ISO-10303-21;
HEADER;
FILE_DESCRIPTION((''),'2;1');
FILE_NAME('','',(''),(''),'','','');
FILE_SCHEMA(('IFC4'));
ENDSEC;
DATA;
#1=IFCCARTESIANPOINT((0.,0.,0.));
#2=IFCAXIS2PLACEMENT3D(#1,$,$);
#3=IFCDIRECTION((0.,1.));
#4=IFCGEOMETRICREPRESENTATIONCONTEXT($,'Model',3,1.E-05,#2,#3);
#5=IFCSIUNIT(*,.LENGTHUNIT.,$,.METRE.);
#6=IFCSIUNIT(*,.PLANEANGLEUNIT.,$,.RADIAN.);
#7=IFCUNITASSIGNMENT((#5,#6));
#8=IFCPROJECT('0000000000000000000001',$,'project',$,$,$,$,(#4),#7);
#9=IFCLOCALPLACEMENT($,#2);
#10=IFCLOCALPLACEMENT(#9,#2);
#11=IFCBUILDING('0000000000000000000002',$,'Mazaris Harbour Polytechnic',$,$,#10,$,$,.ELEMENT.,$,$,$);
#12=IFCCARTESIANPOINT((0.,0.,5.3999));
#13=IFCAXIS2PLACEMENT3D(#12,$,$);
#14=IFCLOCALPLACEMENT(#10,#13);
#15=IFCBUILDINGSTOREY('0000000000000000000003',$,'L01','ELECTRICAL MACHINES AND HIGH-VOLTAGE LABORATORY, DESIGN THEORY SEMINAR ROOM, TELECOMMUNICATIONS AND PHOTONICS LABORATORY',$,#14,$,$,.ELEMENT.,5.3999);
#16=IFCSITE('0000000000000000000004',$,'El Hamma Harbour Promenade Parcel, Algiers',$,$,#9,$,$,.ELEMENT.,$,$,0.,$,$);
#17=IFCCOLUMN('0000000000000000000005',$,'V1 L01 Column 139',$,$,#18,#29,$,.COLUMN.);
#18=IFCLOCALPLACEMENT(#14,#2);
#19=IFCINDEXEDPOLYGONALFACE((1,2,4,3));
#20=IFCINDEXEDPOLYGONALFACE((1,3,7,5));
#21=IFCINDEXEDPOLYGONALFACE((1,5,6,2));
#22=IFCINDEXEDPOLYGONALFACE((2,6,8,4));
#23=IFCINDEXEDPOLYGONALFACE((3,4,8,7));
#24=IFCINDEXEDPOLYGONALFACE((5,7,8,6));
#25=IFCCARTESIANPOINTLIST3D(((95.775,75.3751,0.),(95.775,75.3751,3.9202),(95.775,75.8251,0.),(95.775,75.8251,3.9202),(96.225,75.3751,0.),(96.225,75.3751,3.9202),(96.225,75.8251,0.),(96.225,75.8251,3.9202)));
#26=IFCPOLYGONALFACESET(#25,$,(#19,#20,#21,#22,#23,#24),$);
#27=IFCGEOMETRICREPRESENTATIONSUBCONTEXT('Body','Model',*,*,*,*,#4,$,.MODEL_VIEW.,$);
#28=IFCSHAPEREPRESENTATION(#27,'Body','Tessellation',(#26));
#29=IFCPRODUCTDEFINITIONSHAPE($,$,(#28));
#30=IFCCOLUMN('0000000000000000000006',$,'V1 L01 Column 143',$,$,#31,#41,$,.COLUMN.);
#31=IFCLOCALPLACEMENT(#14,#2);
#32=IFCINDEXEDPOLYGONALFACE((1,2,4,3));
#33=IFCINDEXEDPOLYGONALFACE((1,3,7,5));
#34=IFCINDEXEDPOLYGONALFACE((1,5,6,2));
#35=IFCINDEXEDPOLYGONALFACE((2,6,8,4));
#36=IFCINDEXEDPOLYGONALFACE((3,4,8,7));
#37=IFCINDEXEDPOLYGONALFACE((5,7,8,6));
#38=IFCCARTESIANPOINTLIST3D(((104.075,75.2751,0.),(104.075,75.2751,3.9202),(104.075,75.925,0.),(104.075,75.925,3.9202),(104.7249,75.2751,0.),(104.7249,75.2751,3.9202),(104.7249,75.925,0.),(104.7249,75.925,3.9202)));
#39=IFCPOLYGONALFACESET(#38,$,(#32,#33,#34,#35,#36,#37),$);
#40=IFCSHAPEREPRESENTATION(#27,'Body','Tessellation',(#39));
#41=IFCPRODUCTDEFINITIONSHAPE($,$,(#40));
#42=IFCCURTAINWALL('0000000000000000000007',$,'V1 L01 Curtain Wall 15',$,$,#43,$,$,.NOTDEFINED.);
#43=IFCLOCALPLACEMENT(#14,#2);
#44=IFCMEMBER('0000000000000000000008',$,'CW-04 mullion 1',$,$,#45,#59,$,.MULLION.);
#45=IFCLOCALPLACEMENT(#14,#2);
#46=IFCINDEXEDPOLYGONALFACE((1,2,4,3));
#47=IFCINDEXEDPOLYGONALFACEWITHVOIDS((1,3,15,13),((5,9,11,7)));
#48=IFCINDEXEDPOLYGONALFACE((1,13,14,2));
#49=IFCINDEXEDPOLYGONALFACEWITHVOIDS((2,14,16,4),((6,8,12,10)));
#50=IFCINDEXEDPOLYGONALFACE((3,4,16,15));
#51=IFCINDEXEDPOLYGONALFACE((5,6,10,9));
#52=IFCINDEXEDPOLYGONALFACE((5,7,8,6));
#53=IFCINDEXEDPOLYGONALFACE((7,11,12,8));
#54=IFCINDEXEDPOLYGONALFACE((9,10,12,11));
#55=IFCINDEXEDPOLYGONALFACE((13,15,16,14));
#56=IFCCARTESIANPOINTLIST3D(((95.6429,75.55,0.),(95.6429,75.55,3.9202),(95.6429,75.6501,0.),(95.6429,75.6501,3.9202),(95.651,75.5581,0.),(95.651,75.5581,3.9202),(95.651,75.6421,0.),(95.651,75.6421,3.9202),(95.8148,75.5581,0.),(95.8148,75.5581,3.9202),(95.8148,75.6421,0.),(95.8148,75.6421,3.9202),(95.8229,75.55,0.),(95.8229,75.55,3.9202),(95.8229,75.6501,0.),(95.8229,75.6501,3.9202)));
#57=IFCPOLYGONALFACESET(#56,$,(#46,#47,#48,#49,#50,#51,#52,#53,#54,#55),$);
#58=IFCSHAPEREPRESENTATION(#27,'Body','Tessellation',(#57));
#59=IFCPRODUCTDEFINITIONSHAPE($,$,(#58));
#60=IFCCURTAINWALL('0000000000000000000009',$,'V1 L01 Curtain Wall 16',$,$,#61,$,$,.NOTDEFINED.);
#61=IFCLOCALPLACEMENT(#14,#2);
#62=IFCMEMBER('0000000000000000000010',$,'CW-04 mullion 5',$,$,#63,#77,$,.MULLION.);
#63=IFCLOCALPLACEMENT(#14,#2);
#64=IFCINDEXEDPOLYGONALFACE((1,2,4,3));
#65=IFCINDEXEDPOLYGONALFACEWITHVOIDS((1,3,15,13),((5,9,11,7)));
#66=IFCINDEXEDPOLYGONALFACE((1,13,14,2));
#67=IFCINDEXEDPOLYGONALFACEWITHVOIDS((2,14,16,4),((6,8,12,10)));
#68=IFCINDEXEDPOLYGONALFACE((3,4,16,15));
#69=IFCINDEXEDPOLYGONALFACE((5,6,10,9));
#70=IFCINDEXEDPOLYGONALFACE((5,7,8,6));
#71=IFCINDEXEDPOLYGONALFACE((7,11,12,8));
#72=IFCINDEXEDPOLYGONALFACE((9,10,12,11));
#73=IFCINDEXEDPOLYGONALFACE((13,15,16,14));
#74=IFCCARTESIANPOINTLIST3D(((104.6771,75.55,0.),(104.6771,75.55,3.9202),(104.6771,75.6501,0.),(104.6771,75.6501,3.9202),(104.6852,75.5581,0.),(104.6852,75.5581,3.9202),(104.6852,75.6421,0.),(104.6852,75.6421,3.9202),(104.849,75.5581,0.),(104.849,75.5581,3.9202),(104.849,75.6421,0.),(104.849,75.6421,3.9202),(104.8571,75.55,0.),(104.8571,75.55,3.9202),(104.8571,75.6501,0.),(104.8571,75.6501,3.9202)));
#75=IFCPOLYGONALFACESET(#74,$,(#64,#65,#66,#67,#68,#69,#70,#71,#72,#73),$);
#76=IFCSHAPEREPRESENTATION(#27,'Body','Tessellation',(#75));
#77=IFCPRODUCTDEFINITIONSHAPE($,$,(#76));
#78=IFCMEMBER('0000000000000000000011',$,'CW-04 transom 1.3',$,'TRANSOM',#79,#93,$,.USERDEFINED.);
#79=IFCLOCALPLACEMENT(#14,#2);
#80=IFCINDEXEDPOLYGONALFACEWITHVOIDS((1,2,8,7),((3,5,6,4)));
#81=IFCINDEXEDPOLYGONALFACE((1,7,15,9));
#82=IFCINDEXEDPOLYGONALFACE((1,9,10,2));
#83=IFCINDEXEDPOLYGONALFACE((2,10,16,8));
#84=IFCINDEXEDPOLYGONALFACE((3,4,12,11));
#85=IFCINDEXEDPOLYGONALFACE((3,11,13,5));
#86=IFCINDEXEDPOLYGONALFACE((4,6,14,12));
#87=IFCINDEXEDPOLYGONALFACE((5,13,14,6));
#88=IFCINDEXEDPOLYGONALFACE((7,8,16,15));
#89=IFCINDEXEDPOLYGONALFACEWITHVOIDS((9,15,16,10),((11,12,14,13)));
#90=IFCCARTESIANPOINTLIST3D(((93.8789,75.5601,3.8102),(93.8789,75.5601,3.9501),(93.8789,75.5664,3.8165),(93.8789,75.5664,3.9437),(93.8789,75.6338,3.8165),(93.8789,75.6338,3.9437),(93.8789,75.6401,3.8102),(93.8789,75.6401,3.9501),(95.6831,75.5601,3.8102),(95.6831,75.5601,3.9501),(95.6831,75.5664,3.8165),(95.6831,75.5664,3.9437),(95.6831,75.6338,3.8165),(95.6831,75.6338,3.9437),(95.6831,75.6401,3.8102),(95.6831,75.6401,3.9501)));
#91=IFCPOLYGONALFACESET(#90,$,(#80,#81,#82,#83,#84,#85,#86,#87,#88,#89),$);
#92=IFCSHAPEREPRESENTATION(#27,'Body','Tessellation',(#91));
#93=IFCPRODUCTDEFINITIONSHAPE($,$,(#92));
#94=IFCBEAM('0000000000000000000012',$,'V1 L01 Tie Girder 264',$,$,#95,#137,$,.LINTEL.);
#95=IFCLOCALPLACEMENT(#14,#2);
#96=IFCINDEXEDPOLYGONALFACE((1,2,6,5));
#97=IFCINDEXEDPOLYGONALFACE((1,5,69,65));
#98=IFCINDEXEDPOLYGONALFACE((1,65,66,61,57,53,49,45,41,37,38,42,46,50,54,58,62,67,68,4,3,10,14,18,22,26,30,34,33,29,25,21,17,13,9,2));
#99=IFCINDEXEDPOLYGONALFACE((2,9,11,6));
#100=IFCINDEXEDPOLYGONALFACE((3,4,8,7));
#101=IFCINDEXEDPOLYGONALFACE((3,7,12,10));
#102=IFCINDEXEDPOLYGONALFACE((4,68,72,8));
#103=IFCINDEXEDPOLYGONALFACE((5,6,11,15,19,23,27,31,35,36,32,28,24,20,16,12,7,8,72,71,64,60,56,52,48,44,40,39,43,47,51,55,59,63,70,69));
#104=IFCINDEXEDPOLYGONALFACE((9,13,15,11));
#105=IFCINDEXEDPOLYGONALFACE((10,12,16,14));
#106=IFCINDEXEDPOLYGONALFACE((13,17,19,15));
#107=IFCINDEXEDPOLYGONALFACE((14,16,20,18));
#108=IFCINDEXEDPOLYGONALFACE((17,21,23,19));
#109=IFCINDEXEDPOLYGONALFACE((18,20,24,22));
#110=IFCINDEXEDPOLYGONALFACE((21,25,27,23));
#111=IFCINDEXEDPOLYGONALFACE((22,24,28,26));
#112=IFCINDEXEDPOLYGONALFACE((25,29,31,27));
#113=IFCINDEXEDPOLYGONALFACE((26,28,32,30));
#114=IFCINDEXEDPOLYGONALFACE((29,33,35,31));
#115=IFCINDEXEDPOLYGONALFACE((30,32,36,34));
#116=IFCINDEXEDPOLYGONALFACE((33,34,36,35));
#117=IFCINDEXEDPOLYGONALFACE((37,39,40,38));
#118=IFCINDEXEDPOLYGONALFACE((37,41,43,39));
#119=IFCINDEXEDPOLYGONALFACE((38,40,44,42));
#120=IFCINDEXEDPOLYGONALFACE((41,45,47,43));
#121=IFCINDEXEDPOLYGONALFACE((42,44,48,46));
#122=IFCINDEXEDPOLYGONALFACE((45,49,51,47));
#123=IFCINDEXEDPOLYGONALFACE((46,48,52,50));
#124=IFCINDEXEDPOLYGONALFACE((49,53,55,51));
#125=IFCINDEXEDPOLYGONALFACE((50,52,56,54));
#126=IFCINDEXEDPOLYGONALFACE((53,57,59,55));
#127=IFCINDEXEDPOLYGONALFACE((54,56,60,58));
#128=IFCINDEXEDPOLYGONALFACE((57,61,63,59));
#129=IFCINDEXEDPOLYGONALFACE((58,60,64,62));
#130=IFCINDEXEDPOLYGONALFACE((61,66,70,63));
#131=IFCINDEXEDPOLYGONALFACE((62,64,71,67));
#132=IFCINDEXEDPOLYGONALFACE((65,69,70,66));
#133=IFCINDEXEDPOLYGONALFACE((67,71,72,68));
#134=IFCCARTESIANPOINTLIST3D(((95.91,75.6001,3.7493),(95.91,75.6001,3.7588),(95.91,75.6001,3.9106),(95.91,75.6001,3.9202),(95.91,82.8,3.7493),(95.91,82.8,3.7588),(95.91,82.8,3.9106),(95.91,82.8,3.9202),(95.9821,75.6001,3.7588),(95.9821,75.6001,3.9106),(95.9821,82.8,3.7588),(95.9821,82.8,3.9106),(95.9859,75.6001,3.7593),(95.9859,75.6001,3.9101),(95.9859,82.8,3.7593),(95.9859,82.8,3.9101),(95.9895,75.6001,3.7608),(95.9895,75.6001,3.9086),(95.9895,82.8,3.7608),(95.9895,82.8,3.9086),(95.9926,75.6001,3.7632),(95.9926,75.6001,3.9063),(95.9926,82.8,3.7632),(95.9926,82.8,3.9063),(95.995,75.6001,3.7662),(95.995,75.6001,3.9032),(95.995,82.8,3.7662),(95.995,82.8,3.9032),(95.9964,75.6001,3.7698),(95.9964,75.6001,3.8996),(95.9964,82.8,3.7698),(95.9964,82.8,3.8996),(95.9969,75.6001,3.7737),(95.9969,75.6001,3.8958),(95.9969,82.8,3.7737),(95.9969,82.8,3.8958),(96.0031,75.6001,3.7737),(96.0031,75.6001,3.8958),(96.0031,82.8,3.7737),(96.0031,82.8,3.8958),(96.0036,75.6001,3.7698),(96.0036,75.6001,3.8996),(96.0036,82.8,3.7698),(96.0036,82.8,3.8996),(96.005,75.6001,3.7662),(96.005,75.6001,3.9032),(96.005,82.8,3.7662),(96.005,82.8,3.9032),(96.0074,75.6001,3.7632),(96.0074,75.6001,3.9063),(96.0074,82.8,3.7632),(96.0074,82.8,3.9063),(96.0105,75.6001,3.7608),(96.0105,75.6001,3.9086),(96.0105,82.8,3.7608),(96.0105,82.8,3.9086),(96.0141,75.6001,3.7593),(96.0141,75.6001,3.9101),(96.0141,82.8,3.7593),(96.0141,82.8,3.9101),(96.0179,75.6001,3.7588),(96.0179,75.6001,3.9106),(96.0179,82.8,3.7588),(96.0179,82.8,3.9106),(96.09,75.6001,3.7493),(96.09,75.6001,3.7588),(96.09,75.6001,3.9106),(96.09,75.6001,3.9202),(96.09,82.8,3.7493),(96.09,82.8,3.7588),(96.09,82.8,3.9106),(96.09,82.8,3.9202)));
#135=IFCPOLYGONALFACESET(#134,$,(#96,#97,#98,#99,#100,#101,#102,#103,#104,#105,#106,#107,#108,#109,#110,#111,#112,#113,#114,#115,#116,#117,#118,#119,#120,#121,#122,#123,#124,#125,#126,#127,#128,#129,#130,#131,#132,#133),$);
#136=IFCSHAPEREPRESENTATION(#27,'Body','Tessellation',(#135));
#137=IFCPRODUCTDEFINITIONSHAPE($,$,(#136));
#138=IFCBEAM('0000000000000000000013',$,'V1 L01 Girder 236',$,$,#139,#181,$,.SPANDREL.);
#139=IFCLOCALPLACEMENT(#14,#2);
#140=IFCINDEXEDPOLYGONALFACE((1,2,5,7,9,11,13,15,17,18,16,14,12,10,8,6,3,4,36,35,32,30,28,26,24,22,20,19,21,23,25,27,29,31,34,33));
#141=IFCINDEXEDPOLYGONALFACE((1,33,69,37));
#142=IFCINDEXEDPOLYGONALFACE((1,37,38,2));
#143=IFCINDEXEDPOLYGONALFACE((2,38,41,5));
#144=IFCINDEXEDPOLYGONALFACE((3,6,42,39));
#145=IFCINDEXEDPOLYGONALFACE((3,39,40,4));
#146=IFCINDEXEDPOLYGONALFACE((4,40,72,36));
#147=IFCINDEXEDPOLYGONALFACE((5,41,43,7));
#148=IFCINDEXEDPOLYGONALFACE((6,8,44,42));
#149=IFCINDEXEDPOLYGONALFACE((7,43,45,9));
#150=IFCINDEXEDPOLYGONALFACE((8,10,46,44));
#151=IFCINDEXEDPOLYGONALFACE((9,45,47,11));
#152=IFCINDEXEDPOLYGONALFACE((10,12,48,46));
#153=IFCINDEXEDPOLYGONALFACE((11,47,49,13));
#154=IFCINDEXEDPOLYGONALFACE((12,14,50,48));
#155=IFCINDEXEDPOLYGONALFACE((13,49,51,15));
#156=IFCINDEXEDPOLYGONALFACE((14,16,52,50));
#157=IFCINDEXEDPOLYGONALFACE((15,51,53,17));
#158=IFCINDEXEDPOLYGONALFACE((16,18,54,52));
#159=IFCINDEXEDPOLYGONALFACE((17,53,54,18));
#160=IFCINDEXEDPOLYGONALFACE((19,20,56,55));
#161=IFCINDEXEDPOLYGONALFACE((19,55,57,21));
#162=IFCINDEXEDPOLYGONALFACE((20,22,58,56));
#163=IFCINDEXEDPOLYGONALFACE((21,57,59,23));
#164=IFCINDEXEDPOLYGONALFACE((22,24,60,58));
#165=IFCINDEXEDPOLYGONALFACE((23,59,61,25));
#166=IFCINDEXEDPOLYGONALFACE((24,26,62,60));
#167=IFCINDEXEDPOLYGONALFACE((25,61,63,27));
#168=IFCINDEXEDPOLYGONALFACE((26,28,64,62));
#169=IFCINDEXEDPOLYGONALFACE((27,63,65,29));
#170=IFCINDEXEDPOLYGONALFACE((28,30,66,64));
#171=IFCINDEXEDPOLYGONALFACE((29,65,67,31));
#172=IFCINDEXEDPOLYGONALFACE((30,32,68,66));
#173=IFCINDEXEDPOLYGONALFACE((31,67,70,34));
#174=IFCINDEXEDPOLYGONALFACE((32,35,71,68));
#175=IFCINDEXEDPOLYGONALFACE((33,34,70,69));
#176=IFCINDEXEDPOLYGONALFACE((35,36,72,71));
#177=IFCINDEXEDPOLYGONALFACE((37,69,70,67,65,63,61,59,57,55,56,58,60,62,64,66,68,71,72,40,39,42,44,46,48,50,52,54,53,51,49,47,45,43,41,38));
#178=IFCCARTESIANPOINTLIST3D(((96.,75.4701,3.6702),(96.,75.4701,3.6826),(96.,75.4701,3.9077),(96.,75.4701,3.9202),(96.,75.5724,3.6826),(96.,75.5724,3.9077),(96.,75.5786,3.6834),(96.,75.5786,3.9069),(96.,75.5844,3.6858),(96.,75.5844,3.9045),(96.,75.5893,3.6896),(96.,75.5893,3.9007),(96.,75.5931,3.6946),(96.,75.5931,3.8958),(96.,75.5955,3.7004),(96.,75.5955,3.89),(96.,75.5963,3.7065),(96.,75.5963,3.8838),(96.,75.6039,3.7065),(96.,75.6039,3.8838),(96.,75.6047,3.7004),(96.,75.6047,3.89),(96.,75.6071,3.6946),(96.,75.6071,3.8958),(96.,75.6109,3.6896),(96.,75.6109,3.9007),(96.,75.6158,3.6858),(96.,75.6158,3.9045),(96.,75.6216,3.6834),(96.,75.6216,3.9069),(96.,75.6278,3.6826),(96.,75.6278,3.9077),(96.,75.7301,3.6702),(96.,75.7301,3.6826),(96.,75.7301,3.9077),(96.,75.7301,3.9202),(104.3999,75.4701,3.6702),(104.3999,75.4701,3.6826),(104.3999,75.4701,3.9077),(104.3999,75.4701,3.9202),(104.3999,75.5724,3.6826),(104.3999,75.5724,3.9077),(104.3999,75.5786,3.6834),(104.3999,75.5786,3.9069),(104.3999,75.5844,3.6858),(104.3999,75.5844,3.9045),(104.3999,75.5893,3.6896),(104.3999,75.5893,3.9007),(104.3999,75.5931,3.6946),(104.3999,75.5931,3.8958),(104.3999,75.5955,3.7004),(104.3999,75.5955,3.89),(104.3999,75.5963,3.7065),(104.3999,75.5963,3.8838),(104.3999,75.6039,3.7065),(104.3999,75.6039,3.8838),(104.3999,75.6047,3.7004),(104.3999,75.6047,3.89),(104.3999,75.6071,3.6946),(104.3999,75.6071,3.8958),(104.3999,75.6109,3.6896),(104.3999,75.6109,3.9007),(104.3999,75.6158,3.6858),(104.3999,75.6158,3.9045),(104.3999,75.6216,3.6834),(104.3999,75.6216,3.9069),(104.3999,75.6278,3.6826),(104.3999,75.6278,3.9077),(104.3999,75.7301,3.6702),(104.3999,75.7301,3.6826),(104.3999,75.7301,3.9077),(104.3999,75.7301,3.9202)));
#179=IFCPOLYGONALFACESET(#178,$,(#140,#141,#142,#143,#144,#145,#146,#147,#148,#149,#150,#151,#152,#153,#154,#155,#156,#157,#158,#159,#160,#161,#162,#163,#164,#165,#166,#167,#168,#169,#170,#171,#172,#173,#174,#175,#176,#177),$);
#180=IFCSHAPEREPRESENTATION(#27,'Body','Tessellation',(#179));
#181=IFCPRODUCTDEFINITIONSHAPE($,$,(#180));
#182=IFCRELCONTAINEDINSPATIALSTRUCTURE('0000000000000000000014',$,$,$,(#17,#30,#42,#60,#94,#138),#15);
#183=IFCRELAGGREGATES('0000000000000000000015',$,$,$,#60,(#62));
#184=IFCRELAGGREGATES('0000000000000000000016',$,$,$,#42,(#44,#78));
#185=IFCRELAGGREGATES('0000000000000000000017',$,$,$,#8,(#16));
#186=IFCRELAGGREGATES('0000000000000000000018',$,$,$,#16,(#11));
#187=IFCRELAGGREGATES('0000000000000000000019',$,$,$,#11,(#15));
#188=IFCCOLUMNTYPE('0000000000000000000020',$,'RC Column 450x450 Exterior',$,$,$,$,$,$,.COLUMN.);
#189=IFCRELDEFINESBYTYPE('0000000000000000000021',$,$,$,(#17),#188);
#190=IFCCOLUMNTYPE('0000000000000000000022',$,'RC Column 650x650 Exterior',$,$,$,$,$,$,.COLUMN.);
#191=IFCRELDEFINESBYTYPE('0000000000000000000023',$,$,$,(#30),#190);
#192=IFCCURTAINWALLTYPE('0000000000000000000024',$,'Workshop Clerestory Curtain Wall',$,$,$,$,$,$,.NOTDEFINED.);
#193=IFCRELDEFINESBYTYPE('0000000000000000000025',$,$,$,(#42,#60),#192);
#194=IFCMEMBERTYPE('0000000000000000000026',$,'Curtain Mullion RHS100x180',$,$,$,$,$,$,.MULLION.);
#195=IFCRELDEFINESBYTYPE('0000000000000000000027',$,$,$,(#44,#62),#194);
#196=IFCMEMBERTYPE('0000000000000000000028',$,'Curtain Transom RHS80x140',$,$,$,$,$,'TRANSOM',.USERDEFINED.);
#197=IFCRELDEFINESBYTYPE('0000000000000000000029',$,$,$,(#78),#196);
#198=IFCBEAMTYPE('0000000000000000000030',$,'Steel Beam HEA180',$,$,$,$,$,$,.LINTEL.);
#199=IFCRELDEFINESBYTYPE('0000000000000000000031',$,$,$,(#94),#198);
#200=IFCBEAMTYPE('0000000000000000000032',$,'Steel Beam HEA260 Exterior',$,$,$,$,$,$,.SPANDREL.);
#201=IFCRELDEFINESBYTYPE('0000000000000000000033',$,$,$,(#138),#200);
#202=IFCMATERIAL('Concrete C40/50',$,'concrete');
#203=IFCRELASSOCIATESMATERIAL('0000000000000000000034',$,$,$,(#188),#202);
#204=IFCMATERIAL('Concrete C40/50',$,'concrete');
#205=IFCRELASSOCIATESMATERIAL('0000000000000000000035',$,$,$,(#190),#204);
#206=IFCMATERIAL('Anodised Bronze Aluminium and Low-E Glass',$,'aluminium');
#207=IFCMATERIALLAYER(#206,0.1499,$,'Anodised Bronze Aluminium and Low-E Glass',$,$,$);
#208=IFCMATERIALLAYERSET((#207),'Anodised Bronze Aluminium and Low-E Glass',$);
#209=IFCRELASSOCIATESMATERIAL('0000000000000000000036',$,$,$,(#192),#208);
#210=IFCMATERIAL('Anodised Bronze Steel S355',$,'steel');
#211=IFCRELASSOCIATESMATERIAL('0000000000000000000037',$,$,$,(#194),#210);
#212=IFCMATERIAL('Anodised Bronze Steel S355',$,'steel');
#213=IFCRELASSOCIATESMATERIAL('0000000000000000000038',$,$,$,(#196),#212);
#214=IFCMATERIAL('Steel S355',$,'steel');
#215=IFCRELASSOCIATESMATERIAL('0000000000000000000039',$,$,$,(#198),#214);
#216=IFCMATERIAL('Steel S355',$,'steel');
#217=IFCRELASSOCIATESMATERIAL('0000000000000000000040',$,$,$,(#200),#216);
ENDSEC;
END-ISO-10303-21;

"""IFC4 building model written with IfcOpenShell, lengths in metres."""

from ifc_helpers import new_model, si_unit, direction, frame, origin, origin_2d, place, context, subcontext, project, spatial, rectangle, hollow_rectangle, i_section, extrude, material, layer, layer_set, material_profile, profile_set, type_object, element, aggregate, save


model = new_model("IFC4")

# Units and contexts
model_context = context("Model", 3, precision=1e-05, world=origin(), true_north=direction((0.0, 1.0)))
body_context = subcontext(model_context, "Body", "Model", "MODEL_VIEW")
ifc_project = project(units=[si_unit("LENGTHUNIT", "METRE"), si_unit("PLANEANGLEUNIT", "RADIAN")], contexts=[model_context])

# Site, building, storey
site_placement = place(None, origin())
site = spatial("IfcSite", under=ifc_project, at=site_placement, Name="El Hamma Harbour Promenade Parcel, Algiers", CompositionType="ELEMENT", RefElevation=0.0)
building_placement = place(site_placement, origin())
building = spatial("IfcBuilding", under=site, at=building_placement, Name="Mazaris Harbour Polytechnic", CompositionType="ELEMENT")
storey_placement = place(building_placement, frame((0.0, 0.0, 5.3999)))
storey = spatial("IfcBuildingStorey", under=building, at=storey_placement, Name="L01", Description="ELECTRICAL MACHINES AND HIGH-VOLTAGE LABORATORY, DESIGN THEORY SEMINAR ROOM, TELECOMMUNICATIONS AND PHOTONICS LABORATORY", CompositionType="ELEMENT", Elevation=5.3999)

# Columns
ifc_material_1 = material(Name="Concrete C40/50", Category="concrete")
ifc_material_profile_1 = material_profile(ifc_material_1, rectangle(XDim=0.45, YDim=0.45, at=origin_2d()), Name="RECT450x450")
ifc_profile_set_1 = profile_set([ifc_material_profile_1], Name="Concrete C40/50")
column_type_1 = type_object("IfcColumnType", Name="RC Column 450x450 Exterior", PredefinedType="COLUMN", material=ifc_profile_set_1)
column_1_placement = place(storey_placement, frame((96.0, 75.6001, 0.0), z_axis=(0.0, 0.0, 1.0), x_axis=(1.0, 0.0, 0.0)))
element("IfcColumn", 1, at=column_1_placement, inside=storey, type_object=column_type_1, Name="V1 L01 Column 139", PredefinedType="COLUMN", context=body_context, shape_type="SweptSolid", body=[
    extrude(rectangle(XDim=0.45, YDim=0.45, at=origin_2d()), origin(), (0.0, 0.0, 1.0), 3.9202),
])
ifc_material_2 = material(Name="Concrete C40/50", Category="concrete")
ifc_material_profile_2 = material_profile(ifc_material_2, rectangle(XDim=0.6499, YDim=0.6499, at=origin_2d()), Name="RECT650x650")
ifc_profile_set_2 = profile_set([ifc_material_profile_2], Name="Concrete C40/50")
column_type_2 = type_object("IfcColumnType", Name="RC Column 650x650 Exterior", PredefinedType="COLUMN", material=ifc_profile_set_2)
column_2_placement = place(storey_placement, frame((104.3999, 75.6001, 0.0), z_axis=(0.0, 0.0, 1.0), x_axis=(1.0, 0.0, 0.0)))
element("IfcColumn", 2, at=column_2_placement, inside=storey, type_object=column_type_2, Name="V1 L01 Column 143", PredefinedType="COLUMN", context=body_context, shape_type="SweptSolid", body=[
    extrude(rectangle(XDim=0.6499, YDim=0.6499, at=origin_2d()), origin(), (0.0, 0.0, 1.0), 3.9202),
])

# Curtain walls, members
ifc_material_3 = material(Name="Anodised Bronze Aluminium and Low-E Glass", Category="aluminium")
ifc_layer_1 = layer(ifc_material_3, 0.1499, Name="Anodised Bronze Aluminium and Low-E Glass")
ifc_layer_set_1 = layer_set([ifc_layer_1], Name="Anodised Bronze Aluminium and Low-E Glass")
curtain_wall_type = type_object("IfcCurtainWallType", Name="Workshop Clerestory Curtain Wall", PredefinedType="NOTDEFINED", material=ifc_layer_set_1)
curtain_wall_1_placement = place(storey_placement, origin())
curtain_wall_1 = element("IfcCurtainWall", 3, at=curtain_wall_1_placement, inside=storey, type_object=curtain_wall_type, Name="V1 L01 Curtain Wall 15", PredefinedType="NOTDEFINED")
ifc_material_4 = material(Name="Anodised Bronze Steel S355", Category="steel")
ifc_material_profile_3 = material_profile(ifc_material_4, hollow_rectangle(XDim=0.1001, YDim=0.1799, WallThickness=0.0081, at=origin_2d()), Name="RHS 100x180x8.0")
ifc_profile_set_3 = profile_set([ifc_material_profile_3], Name="Anodised Bronze Steel S355")
member_type_1 = type_object("IfcMemberType", Name="Curtain Mullion RHS100x180", PredefinedType="MULLION", material=ifc_profile_set_3)
member_1_placement = place(storey_placement, frame((95.7329, 75.6001, 0.0), z_axis=(0.0, 0.0, 1.0), x_axis=(0.0, -1.0, 0.0)))
member_1 = element("IfcMember", 4, at=member_1_placement, type_object=member_type_1, Name="CW-04 mullion 1", PredefinedType="MULLION", context=body_context, shape_type="SweptSolid", body=[
    extrude(hollow_rectangle(XDim=0.1001, YDim=0.1799, WallThickness=0.0081, at=origin_2d()), origin(), (0.0, 0.0, 1.0), 3.9202),
])
curtain_wall_2_placement = place(storey_placement, origin())
curtain_wall_2 = element("IfcCurtainWall", 5, at=curtain_wall_2_placement, inside=storey, type_object=curtain_wall_type, Name="V1 L01 Curtain Wall 16", PredefinedType="NOTDEFINED")
member_2_placement = place(storey_placement, frame((104.7671, 75.6001, 0.0), z_axis=(0.0, 0.0, 1.0), x_axis=(0.0, -1.0, 0.0)))
member_2 = element("IfcMember", 6, at=member_2_placement, type_object=member_type_1, Name="CW-04 mullion 5", PredefinedType="MULLION", context=body_context, shape_type="SweptSolid", body=[
    extrude(hollow_rectangle(XDim=0.1001, YDim=0.1799, WallThickness=0.0081, at=origin_2d()), origin(), (0.0, 0.0, 1.0), 3.9202),
])
aggregate(curtain_wall_2, [member_2])

# Member
ifc_material_5 = material(Name="Anodised Bronze Steel S355", Category="steel")
ifc_material_profile_4 = material_profile(ifc_material_5, hollow_rectangle(XDim=0.0801, YDim=0.1399, WallThickness=0.0063, at=origin_2d()), Name="RHS 80x140x6.3")
ifc_profile_set_4 = profile_set([ifc_material_profile_4], Name="Anodised Bronze Steel S355")
member_type_2 = type_object("IfcMemberType", Name="Curtain Transom RHS80x140", ElementType="TRANSOM", PredefinedType="USERDEFINED", material=ifc_profile_set_4)
member_3_placement = place(storey_placement, frame((95.6831, 75.6001, 3.8801), z_axis=(-1.0, 0.0, 0.0), x_axis=(0.0, -1.0, 0.0)))
member_3 = element("IfcMember", 7, at=member_3_placement, type_object=member_type_2, Name="CW-04 transom 1.3", ObjectType="TRANSOM", PredefinedType="USERDEFINED", context=body_context, shape_type="SweptSolid", body=[
    extrude(hollow_rectangle(XDim=0.0801, YDim=0.1399, WallThickness=0.0063, at=origin_2d()), origin(), (0.0, 0.0, 1.0), 1.8042),
])
aggregate(curtain_wall_1, [member_1, member_3])

# Beams
ifc_material_6 = material(Name="Steel S355", Category="steel")
ifc_material_profile_5 = material_profile(ifc_material_6, i_section(OverallWidth=0.1799, OverallDepth=0.1709, WebThickness=0.0061, FlangeThickness=0.0095, FilletRadius=0.0149, at=origin_2d()), Name="HEA 180")
ifc_profile_set_5 = profile_set([ifc_material_profile_5], Name="Steel S355")
beam_type_1 = type_object("IfcBeamType", Name="Steel Beam HEA180", PredefinedType="LINTEL", material=ifc_profile_set_5)
beam_1_placement = place(storey_placement, frame((96.0, 75.6001, 3.8347), z_axis=(0.0, 1.0, 0.0), x_axis=(-1.0, 0.0, 0.0)))
element("IfcBeam", 8, at=beam_1_placement, inside=storey, type_object=beam_type_1, Name="V1 L01 Tie Girder 264", PredefinedType="LINTEL", context=body_context, shape_type="SweptSolid", body=[
    extrude(i_section(OverallWidth=0.1799, OverallDepth=0.1709, WebThickness=0.0061, FlangeThickness=0.0095, FilletRadius=0.0149, at=origin_2d()), origin(), (0.0, 0.0, 1.0), 7.2),
])
ifc_material_7 = material(Name="Steel S355", Category="steel")
ifc_material_profile_6 = material_profile(ifc_material_7, i_section(OverallWidth=0.26, OverallDepth=0.25, WebThickness=0.0076, FlangeThickness=0.0125, FilletRadius=0.0239, at=origin_2d()), Name="HEA 260")
ifc_profile_set_6 = profile_set([ifc_material_profile_6], Name="Steel S355")
beam_type_2 = type_object("IfcBeamType", Name="Steel Beam HEA260 Exterior", PredefinedType="SPANDREL", material=ifc_profile_set_6)
beam_2_placement = place(storey_placement, frame((96.0, 75.6001, 3.7952), z_axis=(1.0, 0.0, 0.0), x_axis=(0.0, 1.0, 0.0)))
element("IfcBeam", 9, at=beam_2_placement, inside=storey, type_object=beam_type_2, Name="V1 L01 Girder 236", PredefinedType="SPANDREL", context=body_context, shape_type="SweptSolid", body=[
    extrude(i_section(OverallWidth=0.26, OverallDepth=0.25, WebThickness=0.0076, FlangeThickness=0.0125, FilletRadius=0.0239, at=origin_2d()), origin(), (0.0, 0.0, 1.0), 8.3999),
])

save(model, "model.ifc")
